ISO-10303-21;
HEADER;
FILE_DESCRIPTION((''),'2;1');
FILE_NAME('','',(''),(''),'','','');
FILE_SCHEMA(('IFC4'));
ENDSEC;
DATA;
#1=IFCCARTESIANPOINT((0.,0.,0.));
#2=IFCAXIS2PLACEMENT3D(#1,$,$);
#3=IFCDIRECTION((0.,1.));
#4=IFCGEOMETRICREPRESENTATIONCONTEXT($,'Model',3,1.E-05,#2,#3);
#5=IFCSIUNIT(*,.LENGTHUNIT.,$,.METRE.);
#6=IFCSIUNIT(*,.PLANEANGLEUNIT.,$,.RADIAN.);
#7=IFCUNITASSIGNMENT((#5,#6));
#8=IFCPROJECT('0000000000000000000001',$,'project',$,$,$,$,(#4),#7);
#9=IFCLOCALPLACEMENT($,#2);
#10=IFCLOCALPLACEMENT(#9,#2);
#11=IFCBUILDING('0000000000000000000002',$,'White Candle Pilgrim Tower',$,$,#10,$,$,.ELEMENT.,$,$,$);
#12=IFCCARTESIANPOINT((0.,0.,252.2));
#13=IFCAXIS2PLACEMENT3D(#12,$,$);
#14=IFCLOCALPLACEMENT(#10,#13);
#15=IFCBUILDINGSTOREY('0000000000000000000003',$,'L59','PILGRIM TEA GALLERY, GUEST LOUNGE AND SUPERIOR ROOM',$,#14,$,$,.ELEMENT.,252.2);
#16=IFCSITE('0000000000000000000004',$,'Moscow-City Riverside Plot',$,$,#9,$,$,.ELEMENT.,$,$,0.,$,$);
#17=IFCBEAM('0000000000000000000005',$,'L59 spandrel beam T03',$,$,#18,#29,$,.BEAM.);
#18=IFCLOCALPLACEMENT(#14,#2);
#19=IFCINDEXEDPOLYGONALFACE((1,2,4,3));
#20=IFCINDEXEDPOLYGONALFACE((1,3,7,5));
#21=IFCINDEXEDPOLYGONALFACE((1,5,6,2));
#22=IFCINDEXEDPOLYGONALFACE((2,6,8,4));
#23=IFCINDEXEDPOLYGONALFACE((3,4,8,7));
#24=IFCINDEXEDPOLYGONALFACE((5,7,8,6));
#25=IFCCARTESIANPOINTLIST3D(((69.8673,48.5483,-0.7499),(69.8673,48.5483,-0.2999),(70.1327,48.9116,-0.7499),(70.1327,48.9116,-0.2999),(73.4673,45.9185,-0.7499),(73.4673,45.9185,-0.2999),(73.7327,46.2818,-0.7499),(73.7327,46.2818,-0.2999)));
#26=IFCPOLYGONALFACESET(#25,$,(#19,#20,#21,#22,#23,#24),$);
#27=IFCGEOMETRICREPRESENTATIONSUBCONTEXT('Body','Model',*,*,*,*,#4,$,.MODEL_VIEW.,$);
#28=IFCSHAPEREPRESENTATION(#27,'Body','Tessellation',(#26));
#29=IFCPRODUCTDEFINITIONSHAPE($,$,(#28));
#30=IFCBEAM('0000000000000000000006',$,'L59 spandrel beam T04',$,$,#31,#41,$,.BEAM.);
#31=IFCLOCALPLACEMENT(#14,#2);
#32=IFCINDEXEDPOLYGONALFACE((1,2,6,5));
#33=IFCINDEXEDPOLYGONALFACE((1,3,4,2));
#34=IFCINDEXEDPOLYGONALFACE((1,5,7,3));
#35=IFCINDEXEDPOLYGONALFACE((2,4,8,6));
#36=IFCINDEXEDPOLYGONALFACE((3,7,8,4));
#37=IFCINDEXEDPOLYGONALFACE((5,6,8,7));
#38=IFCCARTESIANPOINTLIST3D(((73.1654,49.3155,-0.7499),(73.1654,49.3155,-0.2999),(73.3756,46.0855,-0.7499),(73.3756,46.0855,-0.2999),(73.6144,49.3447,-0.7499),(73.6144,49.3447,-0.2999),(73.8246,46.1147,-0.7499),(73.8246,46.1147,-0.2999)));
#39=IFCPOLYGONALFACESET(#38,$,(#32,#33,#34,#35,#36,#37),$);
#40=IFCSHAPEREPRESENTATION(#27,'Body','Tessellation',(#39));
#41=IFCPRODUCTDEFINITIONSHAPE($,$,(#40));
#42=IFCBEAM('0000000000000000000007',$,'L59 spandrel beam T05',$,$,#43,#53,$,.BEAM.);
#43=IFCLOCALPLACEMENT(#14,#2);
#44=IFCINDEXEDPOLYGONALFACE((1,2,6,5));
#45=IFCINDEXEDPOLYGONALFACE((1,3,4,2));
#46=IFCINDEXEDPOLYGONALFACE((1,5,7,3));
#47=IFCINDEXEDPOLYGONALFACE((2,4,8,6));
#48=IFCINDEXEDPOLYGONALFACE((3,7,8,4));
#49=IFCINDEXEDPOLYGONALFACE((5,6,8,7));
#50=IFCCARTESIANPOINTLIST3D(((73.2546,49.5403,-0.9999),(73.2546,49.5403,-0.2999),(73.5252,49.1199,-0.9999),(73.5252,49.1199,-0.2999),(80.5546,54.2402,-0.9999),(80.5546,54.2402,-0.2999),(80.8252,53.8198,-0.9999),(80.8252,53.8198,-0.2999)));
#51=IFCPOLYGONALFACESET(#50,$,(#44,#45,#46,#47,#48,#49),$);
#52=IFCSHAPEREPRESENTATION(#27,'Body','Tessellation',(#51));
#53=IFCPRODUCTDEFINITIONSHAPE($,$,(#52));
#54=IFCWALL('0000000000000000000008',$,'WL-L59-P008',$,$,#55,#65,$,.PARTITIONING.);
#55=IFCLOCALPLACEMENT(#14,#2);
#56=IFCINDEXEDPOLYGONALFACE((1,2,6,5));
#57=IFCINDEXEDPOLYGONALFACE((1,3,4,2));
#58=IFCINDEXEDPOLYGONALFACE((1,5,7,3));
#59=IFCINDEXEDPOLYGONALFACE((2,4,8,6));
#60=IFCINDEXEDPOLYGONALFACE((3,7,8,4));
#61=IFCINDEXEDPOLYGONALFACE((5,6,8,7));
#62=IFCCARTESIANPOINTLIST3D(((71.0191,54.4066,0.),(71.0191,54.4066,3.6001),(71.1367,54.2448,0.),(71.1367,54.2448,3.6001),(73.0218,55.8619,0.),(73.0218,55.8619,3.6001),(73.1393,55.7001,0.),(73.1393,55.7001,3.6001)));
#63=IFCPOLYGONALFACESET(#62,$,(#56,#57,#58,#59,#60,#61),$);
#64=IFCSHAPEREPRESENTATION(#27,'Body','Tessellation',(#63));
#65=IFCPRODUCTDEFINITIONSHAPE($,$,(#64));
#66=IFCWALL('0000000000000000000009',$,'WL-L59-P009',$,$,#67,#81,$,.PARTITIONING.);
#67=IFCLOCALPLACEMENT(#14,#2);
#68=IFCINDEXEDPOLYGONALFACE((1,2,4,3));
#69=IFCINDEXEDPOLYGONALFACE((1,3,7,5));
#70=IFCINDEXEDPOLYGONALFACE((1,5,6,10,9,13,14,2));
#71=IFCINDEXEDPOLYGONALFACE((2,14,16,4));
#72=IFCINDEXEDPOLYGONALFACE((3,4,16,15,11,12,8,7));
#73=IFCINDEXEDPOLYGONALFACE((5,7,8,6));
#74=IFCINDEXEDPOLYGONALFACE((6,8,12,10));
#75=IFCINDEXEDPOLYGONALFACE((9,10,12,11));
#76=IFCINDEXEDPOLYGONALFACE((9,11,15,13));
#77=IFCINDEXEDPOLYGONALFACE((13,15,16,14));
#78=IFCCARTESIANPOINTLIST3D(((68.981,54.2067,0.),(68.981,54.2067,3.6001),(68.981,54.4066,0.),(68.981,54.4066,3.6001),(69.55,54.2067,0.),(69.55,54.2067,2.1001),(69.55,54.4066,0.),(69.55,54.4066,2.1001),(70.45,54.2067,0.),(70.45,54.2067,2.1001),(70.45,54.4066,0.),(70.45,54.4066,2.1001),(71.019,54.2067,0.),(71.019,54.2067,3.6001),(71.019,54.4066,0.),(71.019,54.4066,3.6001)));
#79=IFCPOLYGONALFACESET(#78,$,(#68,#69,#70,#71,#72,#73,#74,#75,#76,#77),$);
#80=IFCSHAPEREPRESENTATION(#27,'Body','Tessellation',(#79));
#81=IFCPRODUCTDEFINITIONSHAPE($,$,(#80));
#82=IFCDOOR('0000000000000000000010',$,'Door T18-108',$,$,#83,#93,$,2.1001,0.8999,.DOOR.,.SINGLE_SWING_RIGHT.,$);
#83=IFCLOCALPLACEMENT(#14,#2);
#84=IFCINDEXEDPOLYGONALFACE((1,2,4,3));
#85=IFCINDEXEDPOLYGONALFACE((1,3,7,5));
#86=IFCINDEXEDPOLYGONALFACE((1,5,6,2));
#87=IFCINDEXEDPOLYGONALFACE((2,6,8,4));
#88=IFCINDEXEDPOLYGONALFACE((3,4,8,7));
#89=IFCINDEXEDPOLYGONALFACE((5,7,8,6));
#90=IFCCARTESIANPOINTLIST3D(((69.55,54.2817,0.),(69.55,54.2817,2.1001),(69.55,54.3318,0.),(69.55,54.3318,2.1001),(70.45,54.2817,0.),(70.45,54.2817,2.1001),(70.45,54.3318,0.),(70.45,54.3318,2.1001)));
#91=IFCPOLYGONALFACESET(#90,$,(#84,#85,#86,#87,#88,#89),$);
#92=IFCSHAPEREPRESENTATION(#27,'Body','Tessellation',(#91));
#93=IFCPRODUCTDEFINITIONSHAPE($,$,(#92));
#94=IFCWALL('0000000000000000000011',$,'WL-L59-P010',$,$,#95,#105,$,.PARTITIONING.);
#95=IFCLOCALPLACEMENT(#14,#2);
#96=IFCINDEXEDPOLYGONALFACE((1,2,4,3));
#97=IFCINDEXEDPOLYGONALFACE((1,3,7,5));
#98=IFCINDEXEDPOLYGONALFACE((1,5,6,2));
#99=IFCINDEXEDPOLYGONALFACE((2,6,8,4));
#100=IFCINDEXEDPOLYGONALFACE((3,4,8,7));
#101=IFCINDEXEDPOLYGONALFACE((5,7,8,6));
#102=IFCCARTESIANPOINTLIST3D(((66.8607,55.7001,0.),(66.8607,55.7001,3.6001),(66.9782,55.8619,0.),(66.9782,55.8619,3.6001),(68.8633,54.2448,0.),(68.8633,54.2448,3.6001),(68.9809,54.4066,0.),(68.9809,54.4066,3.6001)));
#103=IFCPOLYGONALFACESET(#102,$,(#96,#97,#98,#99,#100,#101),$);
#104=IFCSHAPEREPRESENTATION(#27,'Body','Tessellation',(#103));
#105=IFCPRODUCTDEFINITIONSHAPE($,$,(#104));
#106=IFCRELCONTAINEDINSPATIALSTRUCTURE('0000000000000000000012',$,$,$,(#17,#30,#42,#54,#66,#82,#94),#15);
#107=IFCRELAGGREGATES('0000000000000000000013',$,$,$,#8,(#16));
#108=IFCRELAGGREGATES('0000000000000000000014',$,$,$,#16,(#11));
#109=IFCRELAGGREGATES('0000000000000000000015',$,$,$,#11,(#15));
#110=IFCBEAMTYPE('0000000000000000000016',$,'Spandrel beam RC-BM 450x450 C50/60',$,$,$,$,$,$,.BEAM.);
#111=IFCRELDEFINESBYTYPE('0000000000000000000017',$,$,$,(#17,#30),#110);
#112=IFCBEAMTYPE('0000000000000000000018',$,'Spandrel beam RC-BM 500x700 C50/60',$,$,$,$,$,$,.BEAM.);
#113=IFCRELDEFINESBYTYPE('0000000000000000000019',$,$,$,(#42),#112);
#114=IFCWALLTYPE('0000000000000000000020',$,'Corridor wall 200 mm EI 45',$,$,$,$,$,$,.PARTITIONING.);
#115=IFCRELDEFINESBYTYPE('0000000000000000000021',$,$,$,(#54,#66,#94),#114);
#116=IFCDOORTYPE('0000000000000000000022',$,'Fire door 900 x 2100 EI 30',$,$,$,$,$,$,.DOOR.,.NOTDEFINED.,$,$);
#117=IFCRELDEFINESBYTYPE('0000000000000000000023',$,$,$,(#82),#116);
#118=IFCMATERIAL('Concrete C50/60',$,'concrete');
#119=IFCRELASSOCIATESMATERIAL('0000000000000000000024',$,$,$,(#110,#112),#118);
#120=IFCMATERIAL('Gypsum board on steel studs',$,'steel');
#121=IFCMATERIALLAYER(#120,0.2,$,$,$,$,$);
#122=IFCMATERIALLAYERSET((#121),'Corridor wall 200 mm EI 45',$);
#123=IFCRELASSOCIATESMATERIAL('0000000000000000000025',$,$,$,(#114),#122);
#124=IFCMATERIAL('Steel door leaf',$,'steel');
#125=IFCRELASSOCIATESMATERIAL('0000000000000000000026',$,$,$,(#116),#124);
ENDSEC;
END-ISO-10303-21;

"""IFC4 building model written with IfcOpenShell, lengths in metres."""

from ifc_helpers import new_model, si_unit, direction, frame, frame_2d, origin, origin_2d, place, context, subcontext, project, spatial, rectangle, extrude, material, layer, layer_set, material_profile, profile_set, type_object, element, fill, save


model = new_model("IFC4")

# Units and contexts
model_context = context("Model", 3, precision=1e-05, world=origin(), true_north=direction((0.0, 1.0)))
body_context = subcontext(model_context, "Body", "Model", "MODEL_VIEW")
ifc_project = project(units=[si_unit("LENGTHUNIT", "METRE"), si_unit("PLANEANGLEUNIT", "RADIAN")], contexts=[model_context])

# Site, building, storey
site_placement = place(None, origin())
site = spatial("IfcSite", under=ifc_project, at=site_placement, Name="Moscow-City Riverside Plot", CompositionType="ELEMENT", RefElevation=0.0)
building_placement = place(site_placement, origin())
building = spatial("IfcBuilding", under=site, at=building_placement, Name="White Candle Pilgrim Tower", CompositionType="ELEMENT")
storey_placement = place(building_placement, frame((0.0, 0.0, 252.2)))
storey = spatial("IfcBuildingStorey", under=building, at=storey_placement, Name="L59", Description="PILGRIM TEA GALLERY, GUEST LOUNGE AND SUPERIOR ROOM", CompositionType="ELEMENT", Elevation=252.2)

# Beams
ifc_material_1 = material(Name="Concrete C50/60", Category="concrete")
ifc_material_profile_1 = material_profile(ifc_material_1, rectangle(XDim=0.45, YDim=0.45, at=origin_2d()), Name="RC-BM 450x450")
ifc_profile_set_1 = profile_set([ifc_material_profile_1], Name="Concrete C50/60")
beam_type_1 = type_object("IfcBeamType", Name="Spandrel beam RC-BM 450x450 C50/60", PredefinedType="BEAM", material=ifc_profile_set_1)
beam_1_placement = place(storey_placement, frame((70.0, 48.73, -0.5249), z_axis=(0.807493, -0.589877, 0.0), x_axis=(0.589877, 0.807493, 0.0)))
element("IfcBeam", 1, at=beam_1_placement, inside=storey, type_object=beam_type_1, Name="L59 spandrel beam T03", PredefinedType="BEAM", context=body_context, shape_type="SweptSolid", body=[
    extrude(rectangle(XDim=0.45, YDim=0.45, at=origin_2d()), origin(), (0.0, 0.0, 1.0), 4.4583),
])
beam_2_placement = place(storey_placement, frame((73.6001, 46.1001, -0.5249), z_axis=(-0.064942, 0.997889, 0.0), x_axis=(-0.997889, -0.064942, 0.0)))
element("IfcBeam", 2, at=beam_2_placement, inside=storey, type_object=beam_type_1, Name="L59 spandrel beam T04", PredefinedType="BEAM", context=body_context, shape_type="SweptSolid", body=[
    extrude(rectangle(XDim=0.45, YDim=0.45, at=origin_2d()), origin(), (0.0, 0.0, 1.0), 3.2368),
])
ifc_material_profile_2 = material_profile(ifc_material_1, rectangle(XDim=0.5, YDim=0.7, at=origin_2d()), Name="RC-BM 500x700")
ifc_profile_set_2 = profile_set([ifc_material_profile_2], Name="Concrete C50/60")
beam_type_2 = type_object("IfcBeamType", Name="Spandrel beam RC-BM 500x700 C50/60", PredefinedType="BEAM", material=ifc_profile_set_2)
beam_3_placement = place(storey_placement, frame((73.3899, 49.3301, -0.6499), z_axis=(0.840808, 0.541333, 0.0), x_axis=(-0.541333, 0.840808, 0.0)))
element("IfcBeam", 3, at=beam_3_placement, inside=storey, type_object=beam_type_2, Name="L59 spandrel beam T05", PredefinedType="BEAM", context=body_context, shape_type="SweptSolid", body=[
    extrude(rectangle(XDim=0.5, YDim=0.7, at=origin_2d()), origin(), (0.0, 0.0, 1.0), 8.6821),
])

# Wall
ifc_material_2 = material(Name="Gypsum board on steel studs", Category="steel")
ifc_layer_1 = layer(ifc_material_2, 0.2)
ifc_layer_set_1 = layer_set([ifc_layer_1], Name="Corridor wall 200 mm EI 45")
wall_type_1 = type_object("IfcWallType", Name="Corridor wall 200 mm EI 45", PredefinedType="PARTITIONING", material=ifc_layer_set_1)
wall_1_placement = place(storey_placement, frame((73.0806, 55.781, 0.0), z_axis=(0.0, 0.0, 1.0), x_axis=(-0.808962, -0.587861, 0.0)))
element("IfcWall", 4, at=wall_1_placement, inside=storey, type_object=wall_type_1, Name="WL-L59-P008", PredefinedType="PARTITIONING", context=body_context, shape_type="SweptSolid", body=[
    extrude(rectangle(XDim=2.4756, YDim=0.2, at=frame_2d((1.2378, 0.0))), origin(), (0.0, 0.0, 1.0), 3.6001),
])

# Wall, opening, door
wall_2_placement = place(storey_placement, frame((71.019, 54.3066, 0.0), z_axis=(0.0, 0.0, 1.0), x_axis=(-1.0, 0.0, 0.0)))
wall_2 = element("IfcWall", 5, at=wall_2_placement, inside=storey, type_object=wall_type_1, Name="WL-L59-P009", PredefinedType="PARTITIONING", context=body_context, shape_type="SweptSolid", body=[
    extrude(rectangle(XDim=2.0381, YDim=0.2, at=frame_2d((1.019, 0.0))), origin(), (0.0, 0.0, 1.0), 3.6001),
])
opening_1_placement = place(wall_2_placement, frame((0.5691, 0.0, 0.0)))
opening_1 = element("IfcOpeningElement", 6, at=opening_1_placement, cuts=wall_2, PredefinedType="OPENING", context=body_context, shape_type="SweptSolid", body=[
    extrude(rectangle(XDim=0.8999, YDim=2.1001, at=frame_2d((0.45, 1.05))), frame((0.0, 0.1099, 0.0), z_axis=(0.0, -1.0, 0.0), x_axis=(1.0, 0.0, 0.0)), (0.0, 0.0, 1.0), 0.22),
])
ifc_material_3 = material(Name="Steel door leaf", Category="steel")
door_type_1 = type_object("IfcDoorType", Name="Fire door 900 x 2100 EI 30", OperationType="NOTDEFINED", PredefinedType="DOOR", material=ifc_material_3)
door_1_placement = place(opening_1_placement, origin())
door_1 = element("IfcDoor", 7, at=door_1_placement, inside=storey, type_object=door_type_1, Name="Door T18-108", OperationType="SINGLE_SWING_RIGHT", OverallHeight=2.1001, OverallWidth=0.8999, PredefinedType="DOOR", context=body_context, shape_type="SweptSolid", body=[
    extrude(rectangle(XDim=0.8999, YDim=2.1001, at=frame_2d((0.45, 1.05))), frame((0.0, 0.0249, 0.0), z_axis=(0.0, -1.0, 0.0), x_axis=(1.0, 0.0, 0.0)), (0.0, 0.0, 1.0), 0.05),
])
fill(opening_1, door_1)

# Wall
wall_3_placement = place(storey_placement, frame((68.9221, 54.3257, 0.0), z_axis=(0.0, 0.0, 1.0), x_axis=(-0.808962, 0.587861, 0.0)))
element("IfcWall", 8, at=wall_3_placement, inside=storey, type_object=wall_type_1, Name="WL-L59-P010", PredefinedType="PARTITIONING", context=body_context, shape_type="SweptSolid", body=[
    extrude(rectangle(XDim=2.4756, YDim=0.2, at=frame_2d((1.2378, 0.0))), origin(), (0.0, 0.0, 1.0), 3.6001),
])

save(model, "model.ifc")
